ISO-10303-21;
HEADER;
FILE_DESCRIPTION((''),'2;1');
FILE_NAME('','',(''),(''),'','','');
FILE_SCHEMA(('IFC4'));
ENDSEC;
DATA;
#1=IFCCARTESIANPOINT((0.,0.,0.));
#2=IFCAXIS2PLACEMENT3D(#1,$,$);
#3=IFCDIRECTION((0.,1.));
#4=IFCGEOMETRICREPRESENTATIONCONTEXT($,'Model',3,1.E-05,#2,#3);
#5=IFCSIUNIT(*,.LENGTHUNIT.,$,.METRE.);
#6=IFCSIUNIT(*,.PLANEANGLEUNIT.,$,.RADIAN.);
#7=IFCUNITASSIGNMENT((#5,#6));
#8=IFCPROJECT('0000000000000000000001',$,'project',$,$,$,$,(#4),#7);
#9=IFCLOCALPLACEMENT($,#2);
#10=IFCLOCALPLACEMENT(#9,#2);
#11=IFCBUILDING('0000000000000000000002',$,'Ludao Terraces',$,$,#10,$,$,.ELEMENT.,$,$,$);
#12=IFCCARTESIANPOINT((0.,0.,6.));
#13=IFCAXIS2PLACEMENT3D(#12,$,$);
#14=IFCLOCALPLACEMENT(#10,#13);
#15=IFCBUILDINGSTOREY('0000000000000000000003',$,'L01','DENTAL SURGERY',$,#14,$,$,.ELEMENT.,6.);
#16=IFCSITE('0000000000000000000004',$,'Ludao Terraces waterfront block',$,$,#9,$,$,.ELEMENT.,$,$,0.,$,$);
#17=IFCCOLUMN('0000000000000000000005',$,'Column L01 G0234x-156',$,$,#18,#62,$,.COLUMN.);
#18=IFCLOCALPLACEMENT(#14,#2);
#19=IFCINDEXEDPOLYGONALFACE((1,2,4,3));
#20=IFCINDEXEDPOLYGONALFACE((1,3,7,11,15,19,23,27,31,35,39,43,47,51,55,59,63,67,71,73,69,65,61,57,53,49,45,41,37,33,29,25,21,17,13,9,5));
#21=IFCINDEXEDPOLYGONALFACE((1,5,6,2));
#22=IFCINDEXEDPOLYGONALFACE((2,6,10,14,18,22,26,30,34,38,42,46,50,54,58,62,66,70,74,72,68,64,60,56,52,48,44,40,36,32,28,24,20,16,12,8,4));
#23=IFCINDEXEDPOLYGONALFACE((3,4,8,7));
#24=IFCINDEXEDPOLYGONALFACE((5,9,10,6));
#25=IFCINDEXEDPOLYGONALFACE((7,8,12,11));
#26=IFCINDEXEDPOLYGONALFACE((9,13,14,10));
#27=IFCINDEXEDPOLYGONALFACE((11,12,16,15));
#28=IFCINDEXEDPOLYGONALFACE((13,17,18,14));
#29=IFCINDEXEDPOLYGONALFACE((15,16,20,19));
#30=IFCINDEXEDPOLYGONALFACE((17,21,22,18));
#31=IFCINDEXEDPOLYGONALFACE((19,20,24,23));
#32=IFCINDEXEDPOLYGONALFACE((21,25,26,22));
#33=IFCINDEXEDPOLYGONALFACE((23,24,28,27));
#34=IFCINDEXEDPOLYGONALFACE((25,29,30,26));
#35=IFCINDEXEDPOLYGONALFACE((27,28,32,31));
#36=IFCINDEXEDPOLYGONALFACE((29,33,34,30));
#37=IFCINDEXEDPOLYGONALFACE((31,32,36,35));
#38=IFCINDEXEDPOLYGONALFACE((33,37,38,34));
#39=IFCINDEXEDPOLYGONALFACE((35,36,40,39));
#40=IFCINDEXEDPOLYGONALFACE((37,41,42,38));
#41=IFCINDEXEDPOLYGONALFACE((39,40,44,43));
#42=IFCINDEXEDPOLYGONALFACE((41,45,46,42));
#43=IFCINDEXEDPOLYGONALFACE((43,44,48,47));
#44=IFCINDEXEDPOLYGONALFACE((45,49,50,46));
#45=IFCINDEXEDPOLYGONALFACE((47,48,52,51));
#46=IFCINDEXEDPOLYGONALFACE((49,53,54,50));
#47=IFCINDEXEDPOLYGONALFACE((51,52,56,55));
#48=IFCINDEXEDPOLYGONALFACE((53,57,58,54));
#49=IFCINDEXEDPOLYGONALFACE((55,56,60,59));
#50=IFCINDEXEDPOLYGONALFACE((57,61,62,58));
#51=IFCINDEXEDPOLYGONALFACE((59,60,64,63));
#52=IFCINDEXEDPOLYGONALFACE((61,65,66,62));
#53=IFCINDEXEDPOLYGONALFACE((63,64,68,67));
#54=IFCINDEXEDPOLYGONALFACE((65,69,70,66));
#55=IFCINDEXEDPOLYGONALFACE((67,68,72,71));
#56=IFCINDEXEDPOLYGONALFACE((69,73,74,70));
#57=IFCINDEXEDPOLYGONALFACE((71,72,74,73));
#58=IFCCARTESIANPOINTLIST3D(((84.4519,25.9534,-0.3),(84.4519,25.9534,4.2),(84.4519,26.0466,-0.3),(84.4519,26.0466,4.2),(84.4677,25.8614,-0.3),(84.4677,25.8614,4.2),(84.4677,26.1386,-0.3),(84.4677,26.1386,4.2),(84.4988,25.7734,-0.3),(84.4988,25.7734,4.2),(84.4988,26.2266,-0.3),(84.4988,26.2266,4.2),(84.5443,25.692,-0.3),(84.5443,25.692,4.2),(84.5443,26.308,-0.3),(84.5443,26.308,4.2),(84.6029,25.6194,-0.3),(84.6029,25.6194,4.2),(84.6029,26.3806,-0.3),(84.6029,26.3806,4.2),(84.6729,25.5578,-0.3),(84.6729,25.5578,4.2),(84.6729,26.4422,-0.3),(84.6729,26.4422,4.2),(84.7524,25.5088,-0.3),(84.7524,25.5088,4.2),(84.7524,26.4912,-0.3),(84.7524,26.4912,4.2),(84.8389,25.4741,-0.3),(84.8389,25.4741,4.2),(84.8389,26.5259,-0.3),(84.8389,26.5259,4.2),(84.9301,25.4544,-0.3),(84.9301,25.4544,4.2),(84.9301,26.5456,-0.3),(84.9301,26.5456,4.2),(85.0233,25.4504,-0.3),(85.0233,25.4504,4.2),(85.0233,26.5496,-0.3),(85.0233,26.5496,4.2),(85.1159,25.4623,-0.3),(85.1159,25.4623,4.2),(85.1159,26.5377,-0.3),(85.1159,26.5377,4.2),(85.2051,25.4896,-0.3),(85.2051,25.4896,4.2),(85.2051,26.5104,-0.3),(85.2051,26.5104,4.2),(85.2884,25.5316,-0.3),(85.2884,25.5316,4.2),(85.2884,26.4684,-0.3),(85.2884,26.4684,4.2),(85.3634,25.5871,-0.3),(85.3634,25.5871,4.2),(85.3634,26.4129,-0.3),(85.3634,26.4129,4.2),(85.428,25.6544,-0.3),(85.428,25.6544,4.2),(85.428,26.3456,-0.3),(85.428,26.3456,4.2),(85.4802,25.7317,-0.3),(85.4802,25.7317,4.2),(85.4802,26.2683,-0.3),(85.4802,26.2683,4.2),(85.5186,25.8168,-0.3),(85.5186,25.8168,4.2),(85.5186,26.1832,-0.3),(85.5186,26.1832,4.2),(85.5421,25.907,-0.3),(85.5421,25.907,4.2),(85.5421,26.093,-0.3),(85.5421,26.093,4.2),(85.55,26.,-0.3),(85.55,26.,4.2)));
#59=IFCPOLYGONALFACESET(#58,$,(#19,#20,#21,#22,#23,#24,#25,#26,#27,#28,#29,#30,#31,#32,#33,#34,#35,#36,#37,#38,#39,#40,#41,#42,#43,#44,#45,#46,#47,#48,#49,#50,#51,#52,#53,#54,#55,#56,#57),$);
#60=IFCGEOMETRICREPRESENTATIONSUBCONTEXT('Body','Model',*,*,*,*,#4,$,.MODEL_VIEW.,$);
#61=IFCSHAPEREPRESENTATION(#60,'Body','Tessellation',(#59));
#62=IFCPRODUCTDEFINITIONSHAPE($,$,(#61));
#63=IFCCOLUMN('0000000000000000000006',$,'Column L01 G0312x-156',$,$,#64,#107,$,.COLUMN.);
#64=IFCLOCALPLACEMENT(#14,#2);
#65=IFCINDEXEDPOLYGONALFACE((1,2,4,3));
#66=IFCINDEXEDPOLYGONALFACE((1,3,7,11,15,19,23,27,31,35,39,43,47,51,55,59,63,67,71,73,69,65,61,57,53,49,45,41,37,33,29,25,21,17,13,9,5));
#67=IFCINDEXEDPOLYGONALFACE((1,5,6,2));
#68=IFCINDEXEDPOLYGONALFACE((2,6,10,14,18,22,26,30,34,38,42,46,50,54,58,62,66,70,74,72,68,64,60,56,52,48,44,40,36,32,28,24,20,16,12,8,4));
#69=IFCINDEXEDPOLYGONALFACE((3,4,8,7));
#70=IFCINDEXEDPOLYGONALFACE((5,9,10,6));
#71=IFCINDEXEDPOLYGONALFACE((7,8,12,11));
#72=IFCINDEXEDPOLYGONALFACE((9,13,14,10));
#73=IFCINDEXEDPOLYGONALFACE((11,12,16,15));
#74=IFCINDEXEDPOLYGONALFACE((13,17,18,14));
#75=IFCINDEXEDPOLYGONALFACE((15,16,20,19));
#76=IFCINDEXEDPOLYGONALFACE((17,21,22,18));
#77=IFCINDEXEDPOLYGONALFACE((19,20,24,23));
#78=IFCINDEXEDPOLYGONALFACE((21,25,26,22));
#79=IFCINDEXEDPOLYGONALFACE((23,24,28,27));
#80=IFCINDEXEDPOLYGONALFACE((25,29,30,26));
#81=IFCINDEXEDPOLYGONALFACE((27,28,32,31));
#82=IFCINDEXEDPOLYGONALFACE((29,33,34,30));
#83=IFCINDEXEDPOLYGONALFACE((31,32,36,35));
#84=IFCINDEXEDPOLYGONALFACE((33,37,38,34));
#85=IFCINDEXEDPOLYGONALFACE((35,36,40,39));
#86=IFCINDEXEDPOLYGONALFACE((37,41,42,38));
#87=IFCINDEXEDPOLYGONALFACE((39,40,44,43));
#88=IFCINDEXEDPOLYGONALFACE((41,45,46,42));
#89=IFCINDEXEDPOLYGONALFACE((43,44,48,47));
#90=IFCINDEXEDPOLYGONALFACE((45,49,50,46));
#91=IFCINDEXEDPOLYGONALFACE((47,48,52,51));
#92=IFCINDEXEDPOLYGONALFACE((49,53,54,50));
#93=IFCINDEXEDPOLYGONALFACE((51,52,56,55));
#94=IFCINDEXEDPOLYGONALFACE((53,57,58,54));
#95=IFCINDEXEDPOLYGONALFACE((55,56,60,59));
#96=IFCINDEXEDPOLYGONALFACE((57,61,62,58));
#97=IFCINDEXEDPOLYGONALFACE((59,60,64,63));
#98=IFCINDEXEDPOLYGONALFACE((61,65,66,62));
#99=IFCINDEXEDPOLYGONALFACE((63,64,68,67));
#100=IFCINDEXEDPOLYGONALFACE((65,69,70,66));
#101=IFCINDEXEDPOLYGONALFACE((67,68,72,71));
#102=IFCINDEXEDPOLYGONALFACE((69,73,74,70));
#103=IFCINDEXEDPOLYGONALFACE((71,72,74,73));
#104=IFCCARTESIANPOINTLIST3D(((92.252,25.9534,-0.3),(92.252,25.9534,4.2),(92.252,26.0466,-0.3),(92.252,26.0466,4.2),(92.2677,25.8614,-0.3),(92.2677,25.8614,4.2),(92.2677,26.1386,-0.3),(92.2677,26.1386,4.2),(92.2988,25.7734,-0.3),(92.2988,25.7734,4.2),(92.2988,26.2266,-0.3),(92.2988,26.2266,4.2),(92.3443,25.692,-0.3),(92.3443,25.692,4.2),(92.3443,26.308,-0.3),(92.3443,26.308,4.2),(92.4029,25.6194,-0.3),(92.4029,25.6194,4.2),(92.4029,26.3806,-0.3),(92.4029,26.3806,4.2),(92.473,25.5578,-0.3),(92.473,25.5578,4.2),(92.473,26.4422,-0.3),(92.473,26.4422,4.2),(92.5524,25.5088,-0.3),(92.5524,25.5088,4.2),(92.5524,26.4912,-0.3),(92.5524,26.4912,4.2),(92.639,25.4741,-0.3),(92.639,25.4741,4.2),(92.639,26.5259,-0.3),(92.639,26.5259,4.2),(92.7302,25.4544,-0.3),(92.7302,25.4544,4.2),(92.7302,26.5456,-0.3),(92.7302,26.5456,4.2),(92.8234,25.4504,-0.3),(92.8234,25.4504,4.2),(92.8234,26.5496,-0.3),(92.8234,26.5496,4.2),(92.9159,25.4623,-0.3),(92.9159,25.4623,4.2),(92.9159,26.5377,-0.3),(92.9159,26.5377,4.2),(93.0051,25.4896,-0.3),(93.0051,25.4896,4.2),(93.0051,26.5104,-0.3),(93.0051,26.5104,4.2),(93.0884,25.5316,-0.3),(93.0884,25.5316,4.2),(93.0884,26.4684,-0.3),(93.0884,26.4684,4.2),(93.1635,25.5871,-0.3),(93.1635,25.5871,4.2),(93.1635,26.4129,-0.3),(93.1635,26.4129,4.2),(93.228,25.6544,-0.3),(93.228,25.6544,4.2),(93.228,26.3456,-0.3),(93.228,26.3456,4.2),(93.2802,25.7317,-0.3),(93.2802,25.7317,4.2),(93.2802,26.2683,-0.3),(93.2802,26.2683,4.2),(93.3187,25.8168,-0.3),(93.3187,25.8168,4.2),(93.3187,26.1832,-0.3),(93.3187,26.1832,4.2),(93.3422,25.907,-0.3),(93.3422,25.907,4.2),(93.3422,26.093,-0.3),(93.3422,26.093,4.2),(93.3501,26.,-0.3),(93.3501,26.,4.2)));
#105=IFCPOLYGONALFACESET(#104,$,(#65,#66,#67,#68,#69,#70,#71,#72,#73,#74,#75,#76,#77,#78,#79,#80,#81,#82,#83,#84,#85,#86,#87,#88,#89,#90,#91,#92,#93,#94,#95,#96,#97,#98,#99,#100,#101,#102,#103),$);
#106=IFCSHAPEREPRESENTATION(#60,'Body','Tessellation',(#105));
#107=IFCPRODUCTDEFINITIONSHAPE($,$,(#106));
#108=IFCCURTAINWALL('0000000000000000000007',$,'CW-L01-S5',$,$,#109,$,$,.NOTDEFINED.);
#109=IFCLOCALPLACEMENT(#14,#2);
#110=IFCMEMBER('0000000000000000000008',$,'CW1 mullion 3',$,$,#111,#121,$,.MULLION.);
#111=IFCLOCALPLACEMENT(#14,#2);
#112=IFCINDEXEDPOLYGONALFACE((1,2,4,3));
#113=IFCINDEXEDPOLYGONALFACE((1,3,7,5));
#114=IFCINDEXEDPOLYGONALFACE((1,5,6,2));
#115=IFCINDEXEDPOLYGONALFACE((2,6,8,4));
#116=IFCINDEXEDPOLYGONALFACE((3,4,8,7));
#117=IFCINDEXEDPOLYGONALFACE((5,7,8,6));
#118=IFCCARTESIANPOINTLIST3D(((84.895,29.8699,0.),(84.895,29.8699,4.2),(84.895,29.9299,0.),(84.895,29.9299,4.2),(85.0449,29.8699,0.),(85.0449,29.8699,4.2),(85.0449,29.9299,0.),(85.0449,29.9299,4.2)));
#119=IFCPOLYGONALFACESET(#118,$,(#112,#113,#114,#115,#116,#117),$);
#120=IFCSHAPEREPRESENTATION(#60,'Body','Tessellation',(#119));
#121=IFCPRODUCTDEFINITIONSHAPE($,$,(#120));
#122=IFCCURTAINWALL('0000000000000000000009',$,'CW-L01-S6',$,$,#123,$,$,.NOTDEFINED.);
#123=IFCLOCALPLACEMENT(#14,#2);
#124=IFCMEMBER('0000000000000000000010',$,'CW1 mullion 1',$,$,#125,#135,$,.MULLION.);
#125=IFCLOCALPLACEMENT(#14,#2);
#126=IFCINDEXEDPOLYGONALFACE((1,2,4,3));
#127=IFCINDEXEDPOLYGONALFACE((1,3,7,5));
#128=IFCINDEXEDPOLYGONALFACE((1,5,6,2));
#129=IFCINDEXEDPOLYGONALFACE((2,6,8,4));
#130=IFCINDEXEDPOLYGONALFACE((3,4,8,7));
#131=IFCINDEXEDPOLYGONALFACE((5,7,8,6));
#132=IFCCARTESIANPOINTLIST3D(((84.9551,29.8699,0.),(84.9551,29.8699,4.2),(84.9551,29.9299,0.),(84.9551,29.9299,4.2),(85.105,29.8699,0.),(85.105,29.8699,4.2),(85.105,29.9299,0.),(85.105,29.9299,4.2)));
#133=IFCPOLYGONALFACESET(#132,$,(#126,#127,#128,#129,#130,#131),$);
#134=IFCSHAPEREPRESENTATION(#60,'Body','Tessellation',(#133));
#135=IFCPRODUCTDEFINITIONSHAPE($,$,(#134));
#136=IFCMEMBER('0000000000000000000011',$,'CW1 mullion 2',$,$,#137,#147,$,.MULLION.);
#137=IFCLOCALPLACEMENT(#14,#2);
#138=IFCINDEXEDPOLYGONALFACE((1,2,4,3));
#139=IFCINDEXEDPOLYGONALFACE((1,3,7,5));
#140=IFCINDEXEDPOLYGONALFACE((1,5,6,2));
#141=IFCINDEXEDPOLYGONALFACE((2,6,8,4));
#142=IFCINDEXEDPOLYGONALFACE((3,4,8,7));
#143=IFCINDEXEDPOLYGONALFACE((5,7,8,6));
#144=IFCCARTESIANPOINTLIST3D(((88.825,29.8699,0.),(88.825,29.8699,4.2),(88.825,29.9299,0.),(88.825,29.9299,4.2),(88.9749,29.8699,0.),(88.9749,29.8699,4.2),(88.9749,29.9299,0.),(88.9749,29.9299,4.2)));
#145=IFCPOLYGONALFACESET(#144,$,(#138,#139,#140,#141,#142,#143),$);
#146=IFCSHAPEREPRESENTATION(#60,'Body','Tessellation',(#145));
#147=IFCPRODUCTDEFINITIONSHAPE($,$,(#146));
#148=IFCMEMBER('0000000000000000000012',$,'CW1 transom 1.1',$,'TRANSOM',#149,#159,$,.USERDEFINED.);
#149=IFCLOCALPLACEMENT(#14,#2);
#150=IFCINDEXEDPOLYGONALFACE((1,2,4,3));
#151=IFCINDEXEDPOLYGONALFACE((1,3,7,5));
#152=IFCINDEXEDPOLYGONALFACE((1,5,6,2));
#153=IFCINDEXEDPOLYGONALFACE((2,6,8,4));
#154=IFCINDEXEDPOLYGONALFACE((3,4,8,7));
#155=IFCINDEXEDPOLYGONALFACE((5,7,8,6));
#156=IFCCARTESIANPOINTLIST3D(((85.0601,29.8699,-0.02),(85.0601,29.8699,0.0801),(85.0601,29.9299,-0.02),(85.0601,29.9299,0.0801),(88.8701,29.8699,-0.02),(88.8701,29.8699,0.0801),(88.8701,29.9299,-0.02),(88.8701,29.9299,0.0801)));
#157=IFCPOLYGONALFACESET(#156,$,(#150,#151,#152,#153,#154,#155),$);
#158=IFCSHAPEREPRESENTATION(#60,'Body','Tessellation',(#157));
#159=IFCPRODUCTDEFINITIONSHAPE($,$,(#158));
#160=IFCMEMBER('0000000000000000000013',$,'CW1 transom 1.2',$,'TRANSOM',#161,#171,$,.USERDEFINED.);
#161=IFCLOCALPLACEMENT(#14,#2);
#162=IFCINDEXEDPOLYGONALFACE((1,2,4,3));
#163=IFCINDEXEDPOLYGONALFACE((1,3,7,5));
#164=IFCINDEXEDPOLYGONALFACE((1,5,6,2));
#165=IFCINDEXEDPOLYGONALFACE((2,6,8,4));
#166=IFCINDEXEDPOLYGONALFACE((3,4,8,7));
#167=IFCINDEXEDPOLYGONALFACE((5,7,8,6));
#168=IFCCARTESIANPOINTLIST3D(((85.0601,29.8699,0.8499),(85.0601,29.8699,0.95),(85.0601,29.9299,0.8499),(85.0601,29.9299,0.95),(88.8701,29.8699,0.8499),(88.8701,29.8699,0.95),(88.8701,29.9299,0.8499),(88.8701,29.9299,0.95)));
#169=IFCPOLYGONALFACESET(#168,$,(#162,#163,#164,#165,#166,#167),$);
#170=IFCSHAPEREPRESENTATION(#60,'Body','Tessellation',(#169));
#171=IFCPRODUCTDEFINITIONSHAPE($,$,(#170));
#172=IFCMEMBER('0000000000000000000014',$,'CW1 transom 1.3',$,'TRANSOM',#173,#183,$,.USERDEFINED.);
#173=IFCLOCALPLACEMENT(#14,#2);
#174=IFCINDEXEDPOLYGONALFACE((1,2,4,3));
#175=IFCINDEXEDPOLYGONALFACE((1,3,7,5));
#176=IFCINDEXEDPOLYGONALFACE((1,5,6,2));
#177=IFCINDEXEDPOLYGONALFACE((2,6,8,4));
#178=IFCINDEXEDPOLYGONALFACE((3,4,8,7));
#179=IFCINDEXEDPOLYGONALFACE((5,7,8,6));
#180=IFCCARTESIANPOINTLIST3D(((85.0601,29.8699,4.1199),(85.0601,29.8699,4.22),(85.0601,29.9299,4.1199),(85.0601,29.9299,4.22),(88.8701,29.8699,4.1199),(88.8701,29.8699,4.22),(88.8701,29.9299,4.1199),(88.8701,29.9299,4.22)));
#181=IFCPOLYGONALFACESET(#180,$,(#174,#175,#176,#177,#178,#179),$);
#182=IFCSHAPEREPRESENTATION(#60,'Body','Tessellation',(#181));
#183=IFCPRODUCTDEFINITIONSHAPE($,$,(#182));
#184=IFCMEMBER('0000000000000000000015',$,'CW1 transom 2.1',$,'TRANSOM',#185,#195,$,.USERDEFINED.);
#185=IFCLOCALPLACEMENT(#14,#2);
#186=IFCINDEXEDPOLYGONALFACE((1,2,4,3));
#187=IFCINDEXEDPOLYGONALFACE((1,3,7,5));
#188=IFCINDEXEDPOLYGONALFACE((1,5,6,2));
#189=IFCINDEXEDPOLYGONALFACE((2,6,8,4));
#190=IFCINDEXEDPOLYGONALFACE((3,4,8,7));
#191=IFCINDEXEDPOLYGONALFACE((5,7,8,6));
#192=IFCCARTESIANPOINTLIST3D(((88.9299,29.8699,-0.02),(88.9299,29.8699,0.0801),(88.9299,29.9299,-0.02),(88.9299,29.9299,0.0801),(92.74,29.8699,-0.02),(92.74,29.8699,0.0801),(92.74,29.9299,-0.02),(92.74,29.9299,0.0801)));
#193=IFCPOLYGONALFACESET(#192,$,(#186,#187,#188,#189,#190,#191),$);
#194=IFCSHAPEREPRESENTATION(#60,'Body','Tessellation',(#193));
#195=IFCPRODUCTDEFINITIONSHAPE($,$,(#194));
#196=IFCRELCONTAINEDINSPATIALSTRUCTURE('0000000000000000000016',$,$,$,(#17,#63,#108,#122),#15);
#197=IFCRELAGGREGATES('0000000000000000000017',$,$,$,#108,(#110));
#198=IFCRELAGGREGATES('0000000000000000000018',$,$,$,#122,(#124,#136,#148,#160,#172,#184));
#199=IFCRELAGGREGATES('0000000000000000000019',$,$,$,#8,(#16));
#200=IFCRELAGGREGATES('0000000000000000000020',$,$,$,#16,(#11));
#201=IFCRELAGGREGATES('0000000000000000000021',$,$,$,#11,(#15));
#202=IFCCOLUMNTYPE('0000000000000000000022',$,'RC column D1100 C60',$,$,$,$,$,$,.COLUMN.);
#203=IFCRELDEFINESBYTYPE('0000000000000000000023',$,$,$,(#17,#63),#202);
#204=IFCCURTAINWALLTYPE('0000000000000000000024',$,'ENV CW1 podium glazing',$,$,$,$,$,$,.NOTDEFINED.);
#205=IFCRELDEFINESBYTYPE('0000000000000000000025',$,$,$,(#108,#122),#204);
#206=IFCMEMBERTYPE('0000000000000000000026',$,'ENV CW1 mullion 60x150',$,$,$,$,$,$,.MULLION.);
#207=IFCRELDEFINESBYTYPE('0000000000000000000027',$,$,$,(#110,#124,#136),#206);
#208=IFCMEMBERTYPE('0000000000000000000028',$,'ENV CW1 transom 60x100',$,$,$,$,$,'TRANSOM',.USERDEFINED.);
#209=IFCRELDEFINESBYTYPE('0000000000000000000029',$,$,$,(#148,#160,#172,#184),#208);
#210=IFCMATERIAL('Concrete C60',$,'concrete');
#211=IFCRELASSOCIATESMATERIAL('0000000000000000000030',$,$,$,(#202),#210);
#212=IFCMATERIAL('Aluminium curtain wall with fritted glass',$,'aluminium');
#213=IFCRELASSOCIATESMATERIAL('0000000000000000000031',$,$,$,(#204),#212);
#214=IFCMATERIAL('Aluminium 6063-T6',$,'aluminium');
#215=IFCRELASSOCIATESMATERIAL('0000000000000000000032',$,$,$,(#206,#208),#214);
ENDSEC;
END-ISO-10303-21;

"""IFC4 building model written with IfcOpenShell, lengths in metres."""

from ifc_helpers import new_model, si_unit, direction, frame, origin, origin_2d, place, context, subcontext, project, spatial, rectangle, circle, extrude, material, material_profile, profile_set, type_object, element, aggregate, save


model = new_model("IFC4")

# Units and contexts
model_context = context("Model", 3, precision=1e-05, world=origin(), true_north=direction((0.0, 1.0)))
body_context = subcontext(model_context, "Body", "Model", "MODEL_VIEW")
ifc_project = project(units=[si_unit("LENGTHUNIT", "METRE"), si_unit("PLANEANGLEUNIT", "RADIAN")], contexts=[model_context])

# Site, building, storey
site_placement = place(None, origin())
site = spatial("IfcSite", under=ifc_project, at=site_placement, Name="Ludao Terraces waterfront block", CompositionType="ELEMENT", RefElevation=0.0)
building_placement = place(site_placement, origin())
building = spatial("IfcBuilding", under=site, at=building_placement, Name="Ludao Terraces", CompositionType="ELEMENT")
storey_placement = place(building_placement, frame((0.0, 0.0, 6.0)))
storey = spatial("IfcBuildingStorey", under=building, at=storey_placement, Name="L01", Description="DENTAL SURGERY", CompositionType="ELEMENT", Elevation=6.0)

# Columns
ifc_material_1 = material(Name="Concrete C60", Category="concrete")
ifc_material_profile_1 = material_profile(ifc_material_1, circle(Radius=0.55, at=origin_2d()), Name="D1100")
ifc_profile_set_1 = profile_set([ifc_material_profile_1], Name="Concrete C60")
column_type = type_object("IfcColumnType", Name="RC column D1100 C60", PredefinedType="COLUMN", material=ifc_profile_set_1)
for number, where, z_axis, x_axis, name in (
    (1, (85.0, 26.0, -0.3), (0.0, 0.0, 1.0), (1.0, 0.0, 0.0), "Column L01 G0234x-156"),
    (2, (92.8, 26.0, -0.3), (0.0, 0.0, 1.0), (1.0, 0.0, 0.0), "Column L01 G0312x-156"),
):
    element("IfcColumn", number, at=place(storey_placement, frame(where, z_axis=z_axis, x_axis=x_axis)), inside=storey, type_object=column_type, Name=name, PredefinedType="COLUMN", context=body_context, shape_type="SweptSolid", body=[
        extrude(circle(Radius=0.55, at=origin_2d()), origin(), (0.0, 0.0, 1.0), 4.5),
    ])

# Curtain wall, member
ifc_material_2 = material(Name="Aluminium curtain wall with fritted glass", Category="aluminium")
curtain_wall_type = type_object("IfcCurtainWallType", Name="ENV CW1 podium glazing", PredefinedType="NOTDEFINED", material=ifc_material_2)
curtain_wall_1_placement = place(storey_placement, origin())
curtain_wall_1 = element("IfcCurtainWall", 3, at=curtain_wall_1_placement, inside=storey, type_object=curtain_wall_type, Name="CW-L01-S5", PredefinedType="NOTDEFINED")
ifc_material_3 = material(Name="Aluminium 6063-T6", Category="aluminium")
ifc_material_profile_2 = material_profile(ifc_material_3, rectangle(XDim=0.0601, YDim=0.1499, at=origin_2d()), Name="60 X 150")
ifc_profile_set_2 = profile_set([ifc_material_profile_2], Name="Aluminium 6063-T6")
member_type_1 = type_object("IfcMemberType", Name="ENV CW1 mullion 60x150", PredefinedType="MULLION", material=ifc_profile_set_2)
member_1_placement = place(storey_placement, frame((84.97, 29.8999, 0.0), z_axis=(0.0, 0.0, 1.0), x_axis=(0.0, 1.0, 0.0)))
member_1 = element("IfcMember", 4, at=member_1_placement, type_object=member_type_1, Name="CW1 mullion 3", PredefinedType="MULLION", context=body_context, shape_type="SweptSolid", body=[
    extrude(rectangle(XDim=0.0601, YDim=0.1499, at=origin_2d()), origin(), (0.0, 0.0, 1.0), 4.2),
])

# Curtain wall, members
curtain_wall_2_placement = place(storey_placement, origin())
curtain_wall_2 = element("IfcCurtainWall", 5, at=curtain_wall_2_placement, inside=storey, type_object=curtain_wall_type, Name="CW-L01-S6", PredefinedType="NOTDEFINED")
member_2_placement = place(storey_placement, frame((85.03, 29.8999, 0.0), z_axis=(0.0, 0.0, 1.0), x_axis=(0.0, 1.0, 0.0)))
member_2 = element("IfcMember", 6, at=member_2_placement, type_object=member_type_1, Name="CW1 mullion 1", PredefinedType="MULLION", context=body_context, shape_type="SweptSolid", body=[
    extrude(rectangle(XDim=0.0601, YDim=0.1499, at=origin_2d()), origin(), (0.0, 0.0, 1.0), 4.2),
])
member_3_placement = place(storey_placement, frame((88.8999, 29.8999, 0.0), z_axis=(0.0, 0.0, 1.0), x_axis=(0.0, 1.0, 0.0)))
member_3 = element("IfcMember", 7, at=member_3_placement, type_object=member_type_1, Name="CW1 mullion 2", PredefinedType="MULLION", context=body_context, shape_type="SweptSolid", body=[
    extrude(rectangle(XDim=0.0601, YDim=0.1499, at=origin_2d()), origin(), (0.0, 0.0, 1.0), 4.2),
])
ifc_material_profile_3 = material_profile(ifc_material_3, rectangle(XDim=0.0601, YDim=0.1001, at=origin_2d()), Name="60 X 100")
ifc_profile_set_3 = profile_set([ifc_material_profile_3], Name="Aluminium 6063-T6")
member_type_2 = type_object("IfcMemberType", Name="ENV CW1 transom 60x100", ElementType="TRANSOM", PredefinedType="USERDEFINED", material=ifc_profile_set_3)
member_4_placement = place(storey_placement, frame((85.0601, 29.8999, 0.03), z_axis=(1.0, 0.0, 0.0), x_axis=(0.0, 1.0, 0.0)))
member_4 = element("IfcMember", 8, at=member_4_placement, type_object=member_type_2, Name="CW1 transom 1.1", ObjectType="TRANSOM", PredefinedType="USERDEFINED", context=body_context, shape_type="SweptSolid", body=[
    extrude(rectangle(XDim=0.0601, YDim=0.1001, at=origin_2d()), origin(), (0.0, 0.0, 1.0), 3.8101),
])
member_5_placement = place(storey_placement, frame((85.0601, 29.8999, 0.8999), z_axis=(1.0, 0.0, 0.0), x_axis=(0.0, 1.0, 0.0)))
member_5 = element("IfcMember", 9, at=member_5_placement, type_object=member_type_2, Name="CW1 transom 1.2", ObjectType="TRANSOM", PredefinedType="USERDEFINED", context=body_context, shape_type="SweptSolid", body=[
    extrude(rectangle(XDim=0.0601, YDim=0.1001, at=origin_2d()), origin(), (0.0, 0.0, 1.0), 3.8101),
])
member_6_placement = place(storey_placement, frame((85.0601, 29.8999, 4.1699), z_axis=(1.0, 0.0, 0.0), x_axis=(0.0, 1.0, 0.0)))
member_6 = element("IfcMember", 10, at=member_6_placement, type_object=member_type_2, Name="CW1 transom 1.3", ObjectType="TRANSOM", PredefinedType="USERDEFINED", context=body_context, shape_type="SweptSolid", body=[
    extrude(rectangle(XDim=0.0601, YDim=0.1001, at=origin_2d()), origin(), (0.0, 0.0, 1.0), 3.8101),
])
member_7_placement = place(storey_placement, frame((88.9299, 29.8999, 0.03), z_axis=(1.0, 0.0, 0.0), x_axis=(0.0, 1.0, 0.0)))
member_7 = element("IfcMember", 11, at=member_7_placement, type_object=member_type_2, Name="CW1 transom 2.1", ObjectType="TRANSOM", PredefinedType="USERDEFINED", context=body_context, shape_type="SweptSolid", body=[
    extrude(rectangle(XDim=0.0601, YDim=0.1001, at=origin_2d()), origin(), (0.0, 0.0, 1.0), 3.8101),
])

aggregate(curtain_wall_1, [member_1])
aggregate(curtain_wall_2, [member_2, member_3, member_4, member_5, member_6, member_7])

save(model, "model.ifc")
